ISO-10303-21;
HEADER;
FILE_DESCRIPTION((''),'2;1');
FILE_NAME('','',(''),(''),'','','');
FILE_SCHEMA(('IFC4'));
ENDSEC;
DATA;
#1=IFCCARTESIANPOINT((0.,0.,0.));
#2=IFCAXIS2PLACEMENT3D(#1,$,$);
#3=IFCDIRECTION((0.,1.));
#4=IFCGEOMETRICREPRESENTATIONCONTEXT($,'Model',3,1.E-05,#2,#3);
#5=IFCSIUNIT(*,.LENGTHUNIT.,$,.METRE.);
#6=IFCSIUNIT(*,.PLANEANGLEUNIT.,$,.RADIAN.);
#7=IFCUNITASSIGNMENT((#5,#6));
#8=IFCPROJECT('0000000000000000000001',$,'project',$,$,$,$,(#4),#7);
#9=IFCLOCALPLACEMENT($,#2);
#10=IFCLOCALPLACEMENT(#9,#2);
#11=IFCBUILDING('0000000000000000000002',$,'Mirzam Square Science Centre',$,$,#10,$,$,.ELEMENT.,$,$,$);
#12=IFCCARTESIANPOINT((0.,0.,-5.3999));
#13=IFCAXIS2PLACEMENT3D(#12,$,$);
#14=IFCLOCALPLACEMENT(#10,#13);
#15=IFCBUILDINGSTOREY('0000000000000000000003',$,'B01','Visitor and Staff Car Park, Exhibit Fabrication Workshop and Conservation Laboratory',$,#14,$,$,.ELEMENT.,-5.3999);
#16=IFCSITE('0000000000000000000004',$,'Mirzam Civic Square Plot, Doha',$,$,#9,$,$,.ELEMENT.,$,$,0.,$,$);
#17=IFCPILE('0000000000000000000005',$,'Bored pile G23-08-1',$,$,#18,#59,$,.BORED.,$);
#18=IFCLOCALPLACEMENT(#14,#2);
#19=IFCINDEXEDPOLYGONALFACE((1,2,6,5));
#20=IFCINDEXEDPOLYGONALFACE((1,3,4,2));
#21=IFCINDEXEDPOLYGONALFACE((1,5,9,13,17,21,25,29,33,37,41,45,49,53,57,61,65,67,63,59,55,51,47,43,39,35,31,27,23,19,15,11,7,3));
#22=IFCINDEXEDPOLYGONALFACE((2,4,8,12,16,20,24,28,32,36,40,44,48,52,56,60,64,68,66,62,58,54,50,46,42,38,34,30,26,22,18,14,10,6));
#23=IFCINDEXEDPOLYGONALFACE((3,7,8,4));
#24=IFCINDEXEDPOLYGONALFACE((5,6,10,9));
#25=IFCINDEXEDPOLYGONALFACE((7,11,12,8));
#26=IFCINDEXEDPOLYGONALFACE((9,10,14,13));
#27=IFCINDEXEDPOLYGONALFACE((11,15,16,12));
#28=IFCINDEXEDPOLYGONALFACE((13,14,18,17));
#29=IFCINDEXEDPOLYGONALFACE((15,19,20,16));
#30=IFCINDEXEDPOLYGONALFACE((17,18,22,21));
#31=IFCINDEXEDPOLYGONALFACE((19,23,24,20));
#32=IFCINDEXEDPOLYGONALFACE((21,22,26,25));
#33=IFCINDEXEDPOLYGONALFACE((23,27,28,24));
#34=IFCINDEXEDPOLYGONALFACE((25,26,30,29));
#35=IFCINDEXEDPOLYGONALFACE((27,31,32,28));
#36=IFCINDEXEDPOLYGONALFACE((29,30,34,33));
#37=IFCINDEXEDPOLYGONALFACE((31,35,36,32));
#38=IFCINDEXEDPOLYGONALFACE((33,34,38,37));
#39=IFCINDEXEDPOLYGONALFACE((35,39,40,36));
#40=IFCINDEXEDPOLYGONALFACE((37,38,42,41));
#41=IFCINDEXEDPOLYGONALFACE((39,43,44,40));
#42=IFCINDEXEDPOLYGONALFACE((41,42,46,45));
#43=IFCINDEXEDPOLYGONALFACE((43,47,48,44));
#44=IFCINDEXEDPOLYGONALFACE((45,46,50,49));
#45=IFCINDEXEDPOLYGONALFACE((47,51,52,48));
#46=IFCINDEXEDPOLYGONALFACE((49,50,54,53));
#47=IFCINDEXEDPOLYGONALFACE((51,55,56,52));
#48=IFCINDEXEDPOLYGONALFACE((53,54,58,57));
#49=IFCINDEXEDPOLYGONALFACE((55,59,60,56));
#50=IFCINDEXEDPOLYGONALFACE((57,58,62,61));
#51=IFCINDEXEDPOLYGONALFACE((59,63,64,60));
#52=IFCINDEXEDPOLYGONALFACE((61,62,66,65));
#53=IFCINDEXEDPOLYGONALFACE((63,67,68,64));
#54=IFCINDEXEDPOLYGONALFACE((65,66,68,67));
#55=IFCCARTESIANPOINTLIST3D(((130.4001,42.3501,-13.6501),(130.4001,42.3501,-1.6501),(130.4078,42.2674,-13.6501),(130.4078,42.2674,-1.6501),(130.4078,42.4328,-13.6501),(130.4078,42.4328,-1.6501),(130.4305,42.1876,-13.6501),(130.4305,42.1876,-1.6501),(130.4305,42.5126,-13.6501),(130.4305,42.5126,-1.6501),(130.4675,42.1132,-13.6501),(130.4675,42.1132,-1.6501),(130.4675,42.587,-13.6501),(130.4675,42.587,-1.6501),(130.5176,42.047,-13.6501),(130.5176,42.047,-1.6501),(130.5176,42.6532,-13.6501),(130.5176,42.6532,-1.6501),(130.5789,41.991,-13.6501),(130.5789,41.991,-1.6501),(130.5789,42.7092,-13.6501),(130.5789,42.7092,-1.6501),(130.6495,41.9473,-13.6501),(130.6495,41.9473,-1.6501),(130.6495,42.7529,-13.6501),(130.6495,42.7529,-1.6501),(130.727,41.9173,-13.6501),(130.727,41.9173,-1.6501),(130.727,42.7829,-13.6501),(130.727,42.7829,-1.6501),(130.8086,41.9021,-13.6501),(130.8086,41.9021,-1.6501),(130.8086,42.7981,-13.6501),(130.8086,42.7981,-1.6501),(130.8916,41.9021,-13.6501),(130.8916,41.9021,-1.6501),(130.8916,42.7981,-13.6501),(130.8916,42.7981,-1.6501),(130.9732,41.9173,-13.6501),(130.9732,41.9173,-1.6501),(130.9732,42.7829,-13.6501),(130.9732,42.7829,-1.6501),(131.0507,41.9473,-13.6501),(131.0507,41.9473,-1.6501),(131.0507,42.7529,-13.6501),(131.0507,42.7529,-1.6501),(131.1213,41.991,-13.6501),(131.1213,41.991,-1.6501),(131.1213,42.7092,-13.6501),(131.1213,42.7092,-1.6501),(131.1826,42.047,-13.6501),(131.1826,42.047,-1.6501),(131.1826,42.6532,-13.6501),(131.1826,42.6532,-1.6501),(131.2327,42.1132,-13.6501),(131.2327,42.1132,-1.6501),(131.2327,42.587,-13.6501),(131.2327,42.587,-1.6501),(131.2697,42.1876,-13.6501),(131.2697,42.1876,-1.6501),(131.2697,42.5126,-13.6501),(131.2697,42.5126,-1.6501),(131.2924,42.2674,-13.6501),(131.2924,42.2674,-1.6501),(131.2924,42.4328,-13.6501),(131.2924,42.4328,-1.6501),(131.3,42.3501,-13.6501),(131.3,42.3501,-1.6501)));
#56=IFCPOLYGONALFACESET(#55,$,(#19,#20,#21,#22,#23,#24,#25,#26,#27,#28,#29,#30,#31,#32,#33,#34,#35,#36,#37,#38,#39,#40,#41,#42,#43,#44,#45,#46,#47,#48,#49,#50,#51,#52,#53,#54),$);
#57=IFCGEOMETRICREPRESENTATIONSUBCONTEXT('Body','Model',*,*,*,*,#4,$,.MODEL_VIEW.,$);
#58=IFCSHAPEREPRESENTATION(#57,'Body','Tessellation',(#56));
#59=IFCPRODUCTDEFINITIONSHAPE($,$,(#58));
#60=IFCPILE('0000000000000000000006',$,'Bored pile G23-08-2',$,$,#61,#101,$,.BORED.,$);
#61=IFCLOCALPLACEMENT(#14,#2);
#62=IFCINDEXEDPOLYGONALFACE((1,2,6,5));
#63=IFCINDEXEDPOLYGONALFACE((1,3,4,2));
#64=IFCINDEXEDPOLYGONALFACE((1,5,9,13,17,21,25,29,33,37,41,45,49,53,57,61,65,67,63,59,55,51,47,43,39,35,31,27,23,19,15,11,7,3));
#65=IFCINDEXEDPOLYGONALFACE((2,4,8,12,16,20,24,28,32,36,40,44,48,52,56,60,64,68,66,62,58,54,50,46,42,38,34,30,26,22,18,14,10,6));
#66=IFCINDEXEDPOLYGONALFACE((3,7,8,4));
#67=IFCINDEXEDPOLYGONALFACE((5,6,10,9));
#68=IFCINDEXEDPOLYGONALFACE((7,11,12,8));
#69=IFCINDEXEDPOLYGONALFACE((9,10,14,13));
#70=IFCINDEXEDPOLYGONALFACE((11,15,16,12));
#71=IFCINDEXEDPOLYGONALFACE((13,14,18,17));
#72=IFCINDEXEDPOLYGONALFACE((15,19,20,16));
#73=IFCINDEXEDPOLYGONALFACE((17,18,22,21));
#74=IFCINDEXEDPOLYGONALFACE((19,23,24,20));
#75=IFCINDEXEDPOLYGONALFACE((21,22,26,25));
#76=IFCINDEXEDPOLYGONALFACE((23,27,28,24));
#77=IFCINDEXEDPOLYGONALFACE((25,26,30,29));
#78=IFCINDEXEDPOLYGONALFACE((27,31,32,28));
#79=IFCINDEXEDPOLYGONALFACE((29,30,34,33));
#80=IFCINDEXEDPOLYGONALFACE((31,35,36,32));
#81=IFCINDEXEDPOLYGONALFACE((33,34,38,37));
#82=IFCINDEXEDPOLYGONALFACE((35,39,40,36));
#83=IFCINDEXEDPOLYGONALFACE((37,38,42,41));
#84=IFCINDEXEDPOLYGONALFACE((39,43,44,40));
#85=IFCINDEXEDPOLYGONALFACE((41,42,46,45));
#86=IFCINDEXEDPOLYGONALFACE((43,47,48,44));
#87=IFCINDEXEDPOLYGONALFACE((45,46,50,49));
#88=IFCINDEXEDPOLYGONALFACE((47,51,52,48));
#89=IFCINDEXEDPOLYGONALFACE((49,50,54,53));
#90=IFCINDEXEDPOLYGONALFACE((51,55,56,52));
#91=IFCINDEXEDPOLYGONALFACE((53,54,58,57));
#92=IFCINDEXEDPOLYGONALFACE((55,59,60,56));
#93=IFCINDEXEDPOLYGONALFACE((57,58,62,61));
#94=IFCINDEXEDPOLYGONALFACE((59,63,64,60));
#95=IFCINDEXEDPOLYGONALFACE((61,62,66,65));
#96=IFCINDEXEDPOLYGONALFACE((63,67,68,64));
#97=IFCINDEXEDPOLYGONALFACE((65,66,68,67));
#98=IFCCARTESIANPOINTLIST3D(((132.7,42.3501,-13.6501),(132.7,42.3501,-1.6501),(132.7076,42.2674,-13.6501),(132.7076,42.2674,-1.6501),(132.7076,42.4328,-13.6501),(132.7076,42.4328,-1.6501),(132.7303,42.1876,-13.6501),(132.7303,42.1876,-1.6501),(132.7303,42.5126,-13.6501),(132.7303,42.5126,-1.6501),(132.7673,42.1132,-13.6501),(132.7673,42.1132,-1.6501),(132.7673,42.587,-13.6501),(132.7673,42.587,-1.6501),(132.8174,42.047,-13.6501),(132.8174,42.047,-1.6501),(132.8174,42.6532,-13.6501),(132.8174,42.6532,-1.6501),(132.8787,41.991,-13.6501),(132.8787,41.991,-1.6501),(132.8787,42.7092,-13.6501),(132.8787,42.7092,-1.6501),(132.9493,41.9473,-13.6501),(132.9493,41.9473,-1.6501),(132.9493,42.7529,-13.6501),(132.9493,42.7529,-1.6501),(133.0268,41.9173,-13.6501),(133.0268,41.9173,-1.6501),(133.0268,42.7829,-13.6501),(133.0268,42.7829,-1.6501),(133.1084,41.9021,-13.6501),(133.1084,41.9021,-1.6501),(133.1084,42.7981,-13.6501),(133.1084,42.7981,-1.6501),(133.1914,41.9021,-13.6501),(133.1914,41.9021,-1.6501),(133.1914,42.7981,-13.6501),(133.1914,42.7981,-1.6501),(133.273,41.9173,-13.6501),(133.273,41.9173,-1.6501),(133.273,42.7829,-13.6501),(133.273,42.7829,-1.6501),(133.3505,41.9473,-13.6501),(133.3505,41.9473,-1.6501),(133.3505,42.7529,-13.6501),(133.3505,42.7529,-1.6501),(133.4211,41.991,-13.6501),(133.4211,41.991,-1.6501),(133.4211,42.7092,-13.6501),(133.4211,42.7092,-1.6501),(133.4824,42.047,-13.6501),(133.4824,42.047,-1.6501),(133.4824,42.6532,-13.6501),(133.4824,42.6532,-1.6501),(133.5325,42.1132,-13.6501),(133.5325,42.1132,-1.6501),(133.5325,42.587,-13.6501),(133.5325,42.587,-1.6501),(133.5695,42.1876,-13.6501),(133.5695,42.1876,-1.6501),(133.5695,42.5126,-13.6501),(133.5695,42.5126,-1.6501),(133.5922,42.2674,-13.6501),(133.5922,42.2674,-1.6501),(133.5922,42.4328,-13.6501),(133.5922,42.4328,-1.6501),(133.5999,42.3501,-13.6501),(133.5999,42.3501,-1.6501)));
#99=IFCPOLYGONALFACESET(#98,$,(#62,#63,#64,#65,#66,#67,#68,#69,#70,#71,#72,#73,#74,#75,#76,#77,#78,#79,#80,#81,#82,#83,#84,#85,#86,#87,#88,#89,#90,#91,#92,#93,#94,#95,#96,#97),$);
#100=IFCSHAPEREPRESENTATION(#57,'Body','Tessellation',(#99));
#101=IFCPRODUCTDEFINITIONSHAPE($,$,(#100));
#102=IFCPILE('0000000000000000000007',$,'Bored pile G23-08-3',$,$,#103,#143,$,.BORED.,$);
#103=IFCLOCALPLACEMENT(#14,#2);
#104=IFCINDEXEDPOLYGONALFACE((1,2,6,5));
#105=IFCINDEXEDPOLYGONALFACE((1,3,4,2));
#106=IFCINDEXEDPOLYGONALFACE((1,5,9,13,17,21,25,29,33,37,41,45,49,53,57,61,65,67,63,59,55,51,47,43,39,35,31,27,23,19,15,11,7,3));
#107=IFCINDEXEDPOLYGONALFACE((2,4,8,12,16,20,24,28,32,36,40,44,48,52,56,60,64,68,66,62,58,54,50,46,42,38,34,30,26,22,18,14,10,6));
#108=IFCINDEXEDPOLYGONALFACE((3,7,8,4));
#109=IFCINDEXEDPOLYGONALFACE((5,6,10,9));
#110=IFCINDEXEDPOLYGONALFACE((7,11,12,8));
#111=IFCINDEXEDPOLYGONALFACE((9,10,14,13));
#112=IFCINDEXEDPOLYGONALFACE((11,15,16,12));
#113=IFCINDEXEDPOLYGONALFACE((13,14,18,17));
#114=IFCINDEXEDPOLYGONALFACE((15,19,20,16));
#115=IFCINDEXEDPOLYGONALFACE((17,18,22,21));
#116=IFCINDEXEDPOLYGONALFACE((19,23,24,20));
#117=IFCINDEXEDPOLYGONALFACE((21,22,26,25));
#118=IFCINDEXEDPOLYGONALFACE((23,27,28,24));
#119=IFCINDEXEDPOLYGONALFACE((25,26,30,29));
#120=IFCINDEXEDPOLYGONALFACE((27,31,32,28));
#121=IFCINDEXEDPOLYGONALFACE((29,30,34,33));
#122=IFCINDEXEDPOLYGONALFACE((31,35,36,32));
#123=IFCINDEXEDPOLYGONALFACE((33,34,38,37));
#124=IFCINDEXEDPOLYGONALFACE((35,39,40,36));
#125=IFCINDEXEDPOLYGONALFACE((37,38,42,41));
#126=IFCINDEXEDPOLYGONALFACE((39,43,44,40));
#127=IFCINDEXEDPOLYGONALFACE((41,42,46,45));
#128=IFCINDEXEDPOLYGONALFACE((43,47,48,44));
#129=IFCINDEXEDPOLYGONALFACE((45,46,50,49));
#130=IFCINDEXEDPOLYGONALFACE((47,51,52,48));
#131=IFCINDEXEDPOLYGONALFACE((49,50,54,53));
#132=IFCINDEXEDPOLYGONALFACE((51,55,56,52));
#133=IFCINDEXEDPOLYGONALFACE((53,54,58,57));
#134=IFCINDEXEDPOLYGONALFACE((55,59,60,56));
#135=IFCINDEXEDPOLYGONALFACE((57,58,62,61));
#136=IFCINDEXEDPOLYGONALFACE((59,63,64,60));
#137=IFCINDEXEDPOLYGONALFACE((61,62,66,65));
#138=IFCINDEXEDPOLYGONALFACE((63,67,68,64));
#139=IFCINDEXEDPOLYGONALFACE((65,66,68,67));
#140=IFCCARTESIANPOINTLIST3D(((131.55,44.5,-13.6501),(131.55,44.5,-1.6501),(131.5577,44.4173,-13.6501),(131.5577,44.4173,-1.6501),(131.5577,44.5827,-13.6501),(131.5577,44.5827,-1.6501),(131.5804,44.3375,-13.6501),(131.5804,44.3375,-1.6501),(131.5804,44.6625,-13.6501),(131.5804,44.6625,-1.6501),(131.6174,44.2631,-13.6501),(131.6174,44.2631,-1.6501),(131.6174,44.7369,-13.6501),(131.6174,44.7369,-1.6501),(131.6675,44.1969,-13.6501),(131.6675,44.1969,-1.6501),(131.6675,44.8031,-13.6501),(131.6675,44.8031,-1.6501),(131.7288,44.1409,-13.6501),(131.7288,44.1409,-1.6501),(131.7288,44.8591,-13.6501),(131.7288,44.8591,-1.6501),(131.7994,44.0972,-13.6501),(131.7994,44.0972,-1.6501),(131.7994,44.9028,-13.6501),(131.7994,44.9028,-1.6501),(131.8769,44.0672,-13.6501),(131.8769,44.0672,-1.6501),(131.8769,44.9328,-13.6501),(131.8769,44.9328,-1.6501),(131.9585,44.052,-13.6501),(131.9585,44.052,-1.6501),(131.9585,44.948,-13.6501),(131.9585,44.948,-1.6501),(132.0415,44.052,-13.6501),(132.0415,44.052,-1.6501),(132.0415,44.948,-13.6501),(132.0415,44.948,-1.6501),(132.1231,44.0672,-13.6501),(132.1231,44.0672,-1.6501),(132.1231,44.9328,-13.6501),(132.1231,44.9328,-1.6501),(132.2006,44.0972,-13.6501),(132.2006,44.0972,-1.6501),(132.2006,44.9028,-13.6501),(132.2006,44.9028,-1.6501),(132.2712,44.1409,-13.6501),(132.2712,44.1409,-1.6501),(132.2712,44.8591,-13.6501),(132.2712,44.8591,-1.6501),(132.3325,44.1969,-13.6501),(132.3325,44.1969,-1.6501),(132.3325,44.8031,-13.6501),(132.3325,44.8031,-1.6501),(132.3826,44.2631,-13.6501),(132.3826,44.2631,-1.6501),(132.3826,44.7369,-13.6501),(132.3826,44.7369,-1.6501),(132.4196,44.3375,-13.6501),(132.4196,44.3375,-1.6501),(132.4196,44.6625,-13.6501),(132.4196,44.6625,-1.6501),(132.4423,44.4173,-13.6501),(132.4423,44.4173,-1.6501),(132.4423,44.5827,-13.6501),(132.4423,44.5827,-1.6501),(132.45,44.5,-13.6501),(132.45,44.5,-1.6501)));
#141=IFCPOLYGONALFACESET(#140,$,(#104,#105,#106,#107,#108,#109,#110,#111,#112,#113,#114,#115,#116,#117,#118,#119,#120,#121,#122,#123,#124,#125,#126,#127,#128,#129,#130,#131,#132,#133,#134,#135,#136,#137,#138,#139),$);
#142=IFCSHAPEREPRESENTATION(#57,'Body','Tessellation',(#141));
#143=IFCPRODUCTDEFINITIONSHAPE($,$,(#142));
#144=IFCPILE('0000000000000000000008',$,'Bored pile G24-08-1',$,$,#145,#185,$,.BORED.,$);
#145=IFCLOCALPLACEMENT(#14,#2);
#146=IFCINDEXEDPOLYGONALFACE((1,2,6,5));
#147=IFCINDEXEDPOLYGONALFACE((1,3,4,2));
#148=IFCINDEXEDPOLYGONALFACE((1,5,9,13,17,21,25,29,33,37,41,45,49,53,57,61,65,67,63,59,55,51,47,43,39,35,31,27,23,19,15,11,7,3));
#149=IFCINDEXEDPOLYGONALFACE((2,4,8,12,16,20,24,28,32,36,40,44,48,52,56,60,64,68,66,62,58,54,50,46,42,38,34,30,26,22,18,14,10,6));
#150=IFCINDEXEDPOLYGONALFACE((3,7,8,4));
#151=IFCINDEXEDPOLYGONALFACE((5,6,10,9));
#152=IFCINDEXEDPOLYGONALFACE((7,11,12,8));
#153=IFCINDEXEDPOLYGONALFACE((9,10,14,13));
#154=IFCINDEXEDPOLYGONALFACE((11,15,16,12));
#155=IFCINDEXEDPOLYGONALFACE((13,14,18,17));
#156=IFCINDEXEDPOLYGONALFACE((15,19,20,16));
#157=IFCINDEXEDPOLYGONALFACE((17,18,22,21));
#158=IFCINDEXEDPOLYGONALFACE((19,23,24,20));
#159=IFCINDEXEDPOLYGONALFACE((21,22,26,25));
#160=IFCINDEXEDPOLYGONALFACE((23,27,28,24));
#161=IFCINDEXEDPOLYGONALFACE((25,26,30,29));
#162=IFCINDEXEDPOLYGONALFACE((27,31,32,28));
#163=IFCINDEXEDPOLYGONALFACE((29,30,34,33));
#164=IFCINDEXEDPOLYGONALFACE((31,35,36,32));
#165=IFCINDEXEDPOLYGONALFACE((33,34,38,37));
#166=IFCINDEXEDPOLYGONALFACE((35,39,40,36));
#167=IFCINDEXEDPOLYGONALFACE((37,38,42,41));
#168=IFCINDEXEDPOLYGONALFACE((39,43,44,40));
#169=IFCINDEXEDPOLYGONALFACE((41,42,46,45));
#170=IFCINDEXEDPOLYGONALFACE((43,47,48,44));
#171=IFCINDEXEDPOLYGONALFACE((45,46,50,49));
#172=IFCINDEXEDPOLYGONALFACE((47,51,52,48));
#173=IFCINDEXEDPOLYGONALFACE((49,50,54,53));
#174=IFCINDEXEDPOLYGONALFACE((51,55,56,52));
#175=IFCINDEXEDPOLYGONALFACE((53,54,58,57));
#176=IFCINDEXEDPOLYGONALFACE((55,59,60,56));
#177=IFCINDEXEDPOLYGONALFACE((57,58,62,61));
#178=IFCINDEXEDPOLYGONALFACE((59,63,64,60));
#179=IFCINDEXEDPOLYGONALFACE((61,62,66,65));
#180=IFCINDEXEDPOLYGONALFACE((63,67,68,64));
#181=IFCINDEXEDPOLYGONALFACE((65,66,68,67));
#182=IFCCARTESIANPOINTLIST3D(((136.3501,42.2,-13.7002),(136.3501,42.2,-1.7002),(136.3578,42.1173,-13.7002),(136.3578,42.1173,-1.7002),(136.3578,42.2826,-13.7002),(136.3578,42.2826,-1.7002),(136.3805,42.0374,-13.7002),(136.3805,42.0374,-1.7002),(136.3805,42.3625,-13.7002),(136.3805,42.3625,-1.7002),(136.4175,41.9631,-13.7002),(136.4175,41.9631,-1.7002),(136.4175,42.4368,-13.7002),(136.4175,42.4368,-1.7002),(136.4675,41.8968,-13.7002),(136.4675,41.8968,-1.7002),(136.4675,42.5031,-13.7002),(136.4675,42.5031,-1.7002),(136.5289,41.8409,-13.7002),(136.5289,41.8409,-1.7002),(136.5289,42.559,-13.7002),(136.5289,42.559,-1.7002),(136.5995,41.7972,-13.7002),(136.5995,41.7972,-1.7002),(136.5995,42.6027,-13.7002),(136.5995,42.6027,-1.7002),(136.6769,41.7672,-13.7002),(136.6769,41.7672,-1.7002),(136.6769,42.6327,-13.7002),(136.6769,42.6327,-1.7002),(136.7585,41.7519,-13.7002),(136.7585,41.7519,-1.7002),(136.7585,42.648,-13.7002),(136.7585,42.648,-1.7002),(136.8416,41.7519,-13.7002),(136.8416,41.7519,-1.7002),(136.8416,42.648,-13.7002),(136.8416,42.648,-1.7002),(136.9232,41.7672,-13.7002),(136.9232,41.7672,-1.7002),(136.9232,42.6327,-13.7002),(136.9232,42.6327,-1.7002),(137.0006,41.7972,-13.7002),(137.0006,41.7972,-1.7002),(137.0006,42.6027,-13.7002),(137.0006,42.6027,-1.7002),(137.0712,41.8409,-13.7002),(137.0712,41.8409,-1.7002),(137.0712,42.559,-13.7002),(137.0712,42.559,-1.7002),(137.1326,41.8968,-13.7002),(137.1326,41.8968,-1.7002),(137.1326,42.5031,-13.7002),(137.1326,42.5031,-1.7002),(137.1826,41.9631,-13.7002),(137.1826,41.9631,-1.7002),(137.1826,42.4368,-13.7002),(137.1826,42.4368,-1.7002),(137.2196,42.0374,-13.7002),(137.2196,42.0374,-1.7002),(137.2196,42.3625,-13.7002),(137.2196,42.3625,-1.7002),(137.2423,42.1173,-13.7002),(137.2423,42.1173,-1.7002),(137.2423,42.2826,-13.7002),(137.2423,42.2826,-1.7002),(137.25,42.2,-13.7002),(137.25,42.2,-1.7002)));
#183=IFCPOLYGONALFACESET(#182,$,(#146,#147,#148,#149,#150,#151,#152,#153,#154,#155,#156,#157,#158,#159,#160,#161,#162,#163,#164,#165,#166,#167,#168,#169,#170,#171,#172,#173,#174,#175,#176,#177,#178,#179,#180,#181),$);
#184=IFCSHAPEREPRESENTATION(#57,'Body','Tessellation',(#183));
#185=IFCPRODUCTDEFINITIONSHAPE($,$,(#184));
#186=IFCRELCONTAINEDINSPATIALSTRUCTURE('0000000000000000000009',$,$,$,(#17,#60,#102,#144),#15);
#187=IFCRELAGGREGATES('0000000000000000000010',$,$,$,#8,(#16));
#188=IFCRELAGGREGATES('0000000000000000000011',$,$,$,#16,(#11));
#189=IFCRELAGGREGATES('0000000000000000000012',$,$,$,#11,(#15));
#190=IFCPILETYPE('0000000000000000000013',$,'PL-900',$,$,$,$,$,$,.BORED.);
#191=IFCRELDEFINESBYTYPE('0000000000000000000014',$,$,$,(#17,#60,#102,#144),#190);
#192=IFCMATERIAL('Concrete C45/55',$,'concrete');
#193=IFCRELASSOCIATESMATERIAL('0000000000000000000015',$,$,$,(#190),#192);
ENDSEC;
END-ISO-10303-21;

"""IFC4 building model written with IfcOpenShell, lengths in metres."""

from ifc_helpers import new_model, si_unit, direction, frame, origin, origin_2d, place, context, subcontext, project, spatial, circle, extrude, material, material_profile, profile_set, type_object, element, save


model = new_model("IFC4")

# Units and contexts
model_context = context("Model", 3, precision=1e-05, world=origin(), true_north=direction((0.0, 1.0)))
body_context = subcontext(model_context, "Body", "Model", "MODEL_VIEW")
ifc_project = project(units=[si_unit("LENGTHUNIT", "METRE"), si_unit("PLANEANGLEUNIT", "RADIAN")], contexts=[model_context])

# Site, building, storey
site_placement = place(None, origin())
site = spatial("IfcSite", under=ifc_project, at=site_placement, Name="Mirzam Civic Square Plot, Doha", CompositionType="ELEMENT", RefElevation=0.0)
building_placement = place(site_placement, origin())
building = spatial("IfcBuilding", under=site, at=building_placement, Name="Mirzam Square Science Centre", CompositionType="ELEMENT")
storey_placement = place(building_placement, frame((0.0, 0.0, -5.3999)))
storey = spatial("IfcBuildingStorey", under=building, at=storey_placement, Name="B01", Description="Visitor and Staff Car Park, Exhibit Fabrication Workshop and Conservation Laboratory", CompositionType="ELEMENT", Elevation=-5.3999)

# Shared definitions
ifc_material_1 = material(Name="Concrete C45/55", Category="concrete")

# Piles
ifc_material_profile_1 = material_profile(ifc_material_1, circle(Radius=0.45, at=origin_2d()), Name="PILE-D900")
ifc_profile_set_1 = profile_set([ifc_material_profile_1], Name="Concrete C45/55")
pile_type_1 = type_object("IfcPileType", Name="PL-900", PredefinedType="BORED", material=ifc_profile_set_1)
for number, where, z_axis, x_axis, name in (
    (1, (130.8501, 42.3501, -1.6501), (0.0, 0.0, -1.0), (1.0, 0.0, 0.0), "Bored pile G23-08-1"),
    (2, (133.1499, 42.3501, -1.6501), (0.0, 0.0, -1.0), (1.0, 0.0, 0.0), "Bored pile G23-08-2"),
    (3, (132.0, 44.5, -1.6501), (0.0, 0.0, -1.0), (1.0, 0.0, 0.0), "Bored pile G23-08-3"),
    (4, (136.8, 42.2, -1.7002), (0.0, 0.0, -1.0), (1.0, 0.0, 0.0), "Bored pile G24-08-1"),
):
    element("IfcPile", number, at=place(storey_placement, frame(where, z_axis=z_axis, x_axis=x_axis)), inside=storey, type_object=pile_type_1, Name=name, PredefinedType="BORED", context=body_context, shape_type="SweptSolid", body=[
        extrude(circle(Radius=0.45, at=origin_2d()), origin(), (0.0, 0.0, 1.0), 12.0),
    ])

save(model, "model.ifc")
